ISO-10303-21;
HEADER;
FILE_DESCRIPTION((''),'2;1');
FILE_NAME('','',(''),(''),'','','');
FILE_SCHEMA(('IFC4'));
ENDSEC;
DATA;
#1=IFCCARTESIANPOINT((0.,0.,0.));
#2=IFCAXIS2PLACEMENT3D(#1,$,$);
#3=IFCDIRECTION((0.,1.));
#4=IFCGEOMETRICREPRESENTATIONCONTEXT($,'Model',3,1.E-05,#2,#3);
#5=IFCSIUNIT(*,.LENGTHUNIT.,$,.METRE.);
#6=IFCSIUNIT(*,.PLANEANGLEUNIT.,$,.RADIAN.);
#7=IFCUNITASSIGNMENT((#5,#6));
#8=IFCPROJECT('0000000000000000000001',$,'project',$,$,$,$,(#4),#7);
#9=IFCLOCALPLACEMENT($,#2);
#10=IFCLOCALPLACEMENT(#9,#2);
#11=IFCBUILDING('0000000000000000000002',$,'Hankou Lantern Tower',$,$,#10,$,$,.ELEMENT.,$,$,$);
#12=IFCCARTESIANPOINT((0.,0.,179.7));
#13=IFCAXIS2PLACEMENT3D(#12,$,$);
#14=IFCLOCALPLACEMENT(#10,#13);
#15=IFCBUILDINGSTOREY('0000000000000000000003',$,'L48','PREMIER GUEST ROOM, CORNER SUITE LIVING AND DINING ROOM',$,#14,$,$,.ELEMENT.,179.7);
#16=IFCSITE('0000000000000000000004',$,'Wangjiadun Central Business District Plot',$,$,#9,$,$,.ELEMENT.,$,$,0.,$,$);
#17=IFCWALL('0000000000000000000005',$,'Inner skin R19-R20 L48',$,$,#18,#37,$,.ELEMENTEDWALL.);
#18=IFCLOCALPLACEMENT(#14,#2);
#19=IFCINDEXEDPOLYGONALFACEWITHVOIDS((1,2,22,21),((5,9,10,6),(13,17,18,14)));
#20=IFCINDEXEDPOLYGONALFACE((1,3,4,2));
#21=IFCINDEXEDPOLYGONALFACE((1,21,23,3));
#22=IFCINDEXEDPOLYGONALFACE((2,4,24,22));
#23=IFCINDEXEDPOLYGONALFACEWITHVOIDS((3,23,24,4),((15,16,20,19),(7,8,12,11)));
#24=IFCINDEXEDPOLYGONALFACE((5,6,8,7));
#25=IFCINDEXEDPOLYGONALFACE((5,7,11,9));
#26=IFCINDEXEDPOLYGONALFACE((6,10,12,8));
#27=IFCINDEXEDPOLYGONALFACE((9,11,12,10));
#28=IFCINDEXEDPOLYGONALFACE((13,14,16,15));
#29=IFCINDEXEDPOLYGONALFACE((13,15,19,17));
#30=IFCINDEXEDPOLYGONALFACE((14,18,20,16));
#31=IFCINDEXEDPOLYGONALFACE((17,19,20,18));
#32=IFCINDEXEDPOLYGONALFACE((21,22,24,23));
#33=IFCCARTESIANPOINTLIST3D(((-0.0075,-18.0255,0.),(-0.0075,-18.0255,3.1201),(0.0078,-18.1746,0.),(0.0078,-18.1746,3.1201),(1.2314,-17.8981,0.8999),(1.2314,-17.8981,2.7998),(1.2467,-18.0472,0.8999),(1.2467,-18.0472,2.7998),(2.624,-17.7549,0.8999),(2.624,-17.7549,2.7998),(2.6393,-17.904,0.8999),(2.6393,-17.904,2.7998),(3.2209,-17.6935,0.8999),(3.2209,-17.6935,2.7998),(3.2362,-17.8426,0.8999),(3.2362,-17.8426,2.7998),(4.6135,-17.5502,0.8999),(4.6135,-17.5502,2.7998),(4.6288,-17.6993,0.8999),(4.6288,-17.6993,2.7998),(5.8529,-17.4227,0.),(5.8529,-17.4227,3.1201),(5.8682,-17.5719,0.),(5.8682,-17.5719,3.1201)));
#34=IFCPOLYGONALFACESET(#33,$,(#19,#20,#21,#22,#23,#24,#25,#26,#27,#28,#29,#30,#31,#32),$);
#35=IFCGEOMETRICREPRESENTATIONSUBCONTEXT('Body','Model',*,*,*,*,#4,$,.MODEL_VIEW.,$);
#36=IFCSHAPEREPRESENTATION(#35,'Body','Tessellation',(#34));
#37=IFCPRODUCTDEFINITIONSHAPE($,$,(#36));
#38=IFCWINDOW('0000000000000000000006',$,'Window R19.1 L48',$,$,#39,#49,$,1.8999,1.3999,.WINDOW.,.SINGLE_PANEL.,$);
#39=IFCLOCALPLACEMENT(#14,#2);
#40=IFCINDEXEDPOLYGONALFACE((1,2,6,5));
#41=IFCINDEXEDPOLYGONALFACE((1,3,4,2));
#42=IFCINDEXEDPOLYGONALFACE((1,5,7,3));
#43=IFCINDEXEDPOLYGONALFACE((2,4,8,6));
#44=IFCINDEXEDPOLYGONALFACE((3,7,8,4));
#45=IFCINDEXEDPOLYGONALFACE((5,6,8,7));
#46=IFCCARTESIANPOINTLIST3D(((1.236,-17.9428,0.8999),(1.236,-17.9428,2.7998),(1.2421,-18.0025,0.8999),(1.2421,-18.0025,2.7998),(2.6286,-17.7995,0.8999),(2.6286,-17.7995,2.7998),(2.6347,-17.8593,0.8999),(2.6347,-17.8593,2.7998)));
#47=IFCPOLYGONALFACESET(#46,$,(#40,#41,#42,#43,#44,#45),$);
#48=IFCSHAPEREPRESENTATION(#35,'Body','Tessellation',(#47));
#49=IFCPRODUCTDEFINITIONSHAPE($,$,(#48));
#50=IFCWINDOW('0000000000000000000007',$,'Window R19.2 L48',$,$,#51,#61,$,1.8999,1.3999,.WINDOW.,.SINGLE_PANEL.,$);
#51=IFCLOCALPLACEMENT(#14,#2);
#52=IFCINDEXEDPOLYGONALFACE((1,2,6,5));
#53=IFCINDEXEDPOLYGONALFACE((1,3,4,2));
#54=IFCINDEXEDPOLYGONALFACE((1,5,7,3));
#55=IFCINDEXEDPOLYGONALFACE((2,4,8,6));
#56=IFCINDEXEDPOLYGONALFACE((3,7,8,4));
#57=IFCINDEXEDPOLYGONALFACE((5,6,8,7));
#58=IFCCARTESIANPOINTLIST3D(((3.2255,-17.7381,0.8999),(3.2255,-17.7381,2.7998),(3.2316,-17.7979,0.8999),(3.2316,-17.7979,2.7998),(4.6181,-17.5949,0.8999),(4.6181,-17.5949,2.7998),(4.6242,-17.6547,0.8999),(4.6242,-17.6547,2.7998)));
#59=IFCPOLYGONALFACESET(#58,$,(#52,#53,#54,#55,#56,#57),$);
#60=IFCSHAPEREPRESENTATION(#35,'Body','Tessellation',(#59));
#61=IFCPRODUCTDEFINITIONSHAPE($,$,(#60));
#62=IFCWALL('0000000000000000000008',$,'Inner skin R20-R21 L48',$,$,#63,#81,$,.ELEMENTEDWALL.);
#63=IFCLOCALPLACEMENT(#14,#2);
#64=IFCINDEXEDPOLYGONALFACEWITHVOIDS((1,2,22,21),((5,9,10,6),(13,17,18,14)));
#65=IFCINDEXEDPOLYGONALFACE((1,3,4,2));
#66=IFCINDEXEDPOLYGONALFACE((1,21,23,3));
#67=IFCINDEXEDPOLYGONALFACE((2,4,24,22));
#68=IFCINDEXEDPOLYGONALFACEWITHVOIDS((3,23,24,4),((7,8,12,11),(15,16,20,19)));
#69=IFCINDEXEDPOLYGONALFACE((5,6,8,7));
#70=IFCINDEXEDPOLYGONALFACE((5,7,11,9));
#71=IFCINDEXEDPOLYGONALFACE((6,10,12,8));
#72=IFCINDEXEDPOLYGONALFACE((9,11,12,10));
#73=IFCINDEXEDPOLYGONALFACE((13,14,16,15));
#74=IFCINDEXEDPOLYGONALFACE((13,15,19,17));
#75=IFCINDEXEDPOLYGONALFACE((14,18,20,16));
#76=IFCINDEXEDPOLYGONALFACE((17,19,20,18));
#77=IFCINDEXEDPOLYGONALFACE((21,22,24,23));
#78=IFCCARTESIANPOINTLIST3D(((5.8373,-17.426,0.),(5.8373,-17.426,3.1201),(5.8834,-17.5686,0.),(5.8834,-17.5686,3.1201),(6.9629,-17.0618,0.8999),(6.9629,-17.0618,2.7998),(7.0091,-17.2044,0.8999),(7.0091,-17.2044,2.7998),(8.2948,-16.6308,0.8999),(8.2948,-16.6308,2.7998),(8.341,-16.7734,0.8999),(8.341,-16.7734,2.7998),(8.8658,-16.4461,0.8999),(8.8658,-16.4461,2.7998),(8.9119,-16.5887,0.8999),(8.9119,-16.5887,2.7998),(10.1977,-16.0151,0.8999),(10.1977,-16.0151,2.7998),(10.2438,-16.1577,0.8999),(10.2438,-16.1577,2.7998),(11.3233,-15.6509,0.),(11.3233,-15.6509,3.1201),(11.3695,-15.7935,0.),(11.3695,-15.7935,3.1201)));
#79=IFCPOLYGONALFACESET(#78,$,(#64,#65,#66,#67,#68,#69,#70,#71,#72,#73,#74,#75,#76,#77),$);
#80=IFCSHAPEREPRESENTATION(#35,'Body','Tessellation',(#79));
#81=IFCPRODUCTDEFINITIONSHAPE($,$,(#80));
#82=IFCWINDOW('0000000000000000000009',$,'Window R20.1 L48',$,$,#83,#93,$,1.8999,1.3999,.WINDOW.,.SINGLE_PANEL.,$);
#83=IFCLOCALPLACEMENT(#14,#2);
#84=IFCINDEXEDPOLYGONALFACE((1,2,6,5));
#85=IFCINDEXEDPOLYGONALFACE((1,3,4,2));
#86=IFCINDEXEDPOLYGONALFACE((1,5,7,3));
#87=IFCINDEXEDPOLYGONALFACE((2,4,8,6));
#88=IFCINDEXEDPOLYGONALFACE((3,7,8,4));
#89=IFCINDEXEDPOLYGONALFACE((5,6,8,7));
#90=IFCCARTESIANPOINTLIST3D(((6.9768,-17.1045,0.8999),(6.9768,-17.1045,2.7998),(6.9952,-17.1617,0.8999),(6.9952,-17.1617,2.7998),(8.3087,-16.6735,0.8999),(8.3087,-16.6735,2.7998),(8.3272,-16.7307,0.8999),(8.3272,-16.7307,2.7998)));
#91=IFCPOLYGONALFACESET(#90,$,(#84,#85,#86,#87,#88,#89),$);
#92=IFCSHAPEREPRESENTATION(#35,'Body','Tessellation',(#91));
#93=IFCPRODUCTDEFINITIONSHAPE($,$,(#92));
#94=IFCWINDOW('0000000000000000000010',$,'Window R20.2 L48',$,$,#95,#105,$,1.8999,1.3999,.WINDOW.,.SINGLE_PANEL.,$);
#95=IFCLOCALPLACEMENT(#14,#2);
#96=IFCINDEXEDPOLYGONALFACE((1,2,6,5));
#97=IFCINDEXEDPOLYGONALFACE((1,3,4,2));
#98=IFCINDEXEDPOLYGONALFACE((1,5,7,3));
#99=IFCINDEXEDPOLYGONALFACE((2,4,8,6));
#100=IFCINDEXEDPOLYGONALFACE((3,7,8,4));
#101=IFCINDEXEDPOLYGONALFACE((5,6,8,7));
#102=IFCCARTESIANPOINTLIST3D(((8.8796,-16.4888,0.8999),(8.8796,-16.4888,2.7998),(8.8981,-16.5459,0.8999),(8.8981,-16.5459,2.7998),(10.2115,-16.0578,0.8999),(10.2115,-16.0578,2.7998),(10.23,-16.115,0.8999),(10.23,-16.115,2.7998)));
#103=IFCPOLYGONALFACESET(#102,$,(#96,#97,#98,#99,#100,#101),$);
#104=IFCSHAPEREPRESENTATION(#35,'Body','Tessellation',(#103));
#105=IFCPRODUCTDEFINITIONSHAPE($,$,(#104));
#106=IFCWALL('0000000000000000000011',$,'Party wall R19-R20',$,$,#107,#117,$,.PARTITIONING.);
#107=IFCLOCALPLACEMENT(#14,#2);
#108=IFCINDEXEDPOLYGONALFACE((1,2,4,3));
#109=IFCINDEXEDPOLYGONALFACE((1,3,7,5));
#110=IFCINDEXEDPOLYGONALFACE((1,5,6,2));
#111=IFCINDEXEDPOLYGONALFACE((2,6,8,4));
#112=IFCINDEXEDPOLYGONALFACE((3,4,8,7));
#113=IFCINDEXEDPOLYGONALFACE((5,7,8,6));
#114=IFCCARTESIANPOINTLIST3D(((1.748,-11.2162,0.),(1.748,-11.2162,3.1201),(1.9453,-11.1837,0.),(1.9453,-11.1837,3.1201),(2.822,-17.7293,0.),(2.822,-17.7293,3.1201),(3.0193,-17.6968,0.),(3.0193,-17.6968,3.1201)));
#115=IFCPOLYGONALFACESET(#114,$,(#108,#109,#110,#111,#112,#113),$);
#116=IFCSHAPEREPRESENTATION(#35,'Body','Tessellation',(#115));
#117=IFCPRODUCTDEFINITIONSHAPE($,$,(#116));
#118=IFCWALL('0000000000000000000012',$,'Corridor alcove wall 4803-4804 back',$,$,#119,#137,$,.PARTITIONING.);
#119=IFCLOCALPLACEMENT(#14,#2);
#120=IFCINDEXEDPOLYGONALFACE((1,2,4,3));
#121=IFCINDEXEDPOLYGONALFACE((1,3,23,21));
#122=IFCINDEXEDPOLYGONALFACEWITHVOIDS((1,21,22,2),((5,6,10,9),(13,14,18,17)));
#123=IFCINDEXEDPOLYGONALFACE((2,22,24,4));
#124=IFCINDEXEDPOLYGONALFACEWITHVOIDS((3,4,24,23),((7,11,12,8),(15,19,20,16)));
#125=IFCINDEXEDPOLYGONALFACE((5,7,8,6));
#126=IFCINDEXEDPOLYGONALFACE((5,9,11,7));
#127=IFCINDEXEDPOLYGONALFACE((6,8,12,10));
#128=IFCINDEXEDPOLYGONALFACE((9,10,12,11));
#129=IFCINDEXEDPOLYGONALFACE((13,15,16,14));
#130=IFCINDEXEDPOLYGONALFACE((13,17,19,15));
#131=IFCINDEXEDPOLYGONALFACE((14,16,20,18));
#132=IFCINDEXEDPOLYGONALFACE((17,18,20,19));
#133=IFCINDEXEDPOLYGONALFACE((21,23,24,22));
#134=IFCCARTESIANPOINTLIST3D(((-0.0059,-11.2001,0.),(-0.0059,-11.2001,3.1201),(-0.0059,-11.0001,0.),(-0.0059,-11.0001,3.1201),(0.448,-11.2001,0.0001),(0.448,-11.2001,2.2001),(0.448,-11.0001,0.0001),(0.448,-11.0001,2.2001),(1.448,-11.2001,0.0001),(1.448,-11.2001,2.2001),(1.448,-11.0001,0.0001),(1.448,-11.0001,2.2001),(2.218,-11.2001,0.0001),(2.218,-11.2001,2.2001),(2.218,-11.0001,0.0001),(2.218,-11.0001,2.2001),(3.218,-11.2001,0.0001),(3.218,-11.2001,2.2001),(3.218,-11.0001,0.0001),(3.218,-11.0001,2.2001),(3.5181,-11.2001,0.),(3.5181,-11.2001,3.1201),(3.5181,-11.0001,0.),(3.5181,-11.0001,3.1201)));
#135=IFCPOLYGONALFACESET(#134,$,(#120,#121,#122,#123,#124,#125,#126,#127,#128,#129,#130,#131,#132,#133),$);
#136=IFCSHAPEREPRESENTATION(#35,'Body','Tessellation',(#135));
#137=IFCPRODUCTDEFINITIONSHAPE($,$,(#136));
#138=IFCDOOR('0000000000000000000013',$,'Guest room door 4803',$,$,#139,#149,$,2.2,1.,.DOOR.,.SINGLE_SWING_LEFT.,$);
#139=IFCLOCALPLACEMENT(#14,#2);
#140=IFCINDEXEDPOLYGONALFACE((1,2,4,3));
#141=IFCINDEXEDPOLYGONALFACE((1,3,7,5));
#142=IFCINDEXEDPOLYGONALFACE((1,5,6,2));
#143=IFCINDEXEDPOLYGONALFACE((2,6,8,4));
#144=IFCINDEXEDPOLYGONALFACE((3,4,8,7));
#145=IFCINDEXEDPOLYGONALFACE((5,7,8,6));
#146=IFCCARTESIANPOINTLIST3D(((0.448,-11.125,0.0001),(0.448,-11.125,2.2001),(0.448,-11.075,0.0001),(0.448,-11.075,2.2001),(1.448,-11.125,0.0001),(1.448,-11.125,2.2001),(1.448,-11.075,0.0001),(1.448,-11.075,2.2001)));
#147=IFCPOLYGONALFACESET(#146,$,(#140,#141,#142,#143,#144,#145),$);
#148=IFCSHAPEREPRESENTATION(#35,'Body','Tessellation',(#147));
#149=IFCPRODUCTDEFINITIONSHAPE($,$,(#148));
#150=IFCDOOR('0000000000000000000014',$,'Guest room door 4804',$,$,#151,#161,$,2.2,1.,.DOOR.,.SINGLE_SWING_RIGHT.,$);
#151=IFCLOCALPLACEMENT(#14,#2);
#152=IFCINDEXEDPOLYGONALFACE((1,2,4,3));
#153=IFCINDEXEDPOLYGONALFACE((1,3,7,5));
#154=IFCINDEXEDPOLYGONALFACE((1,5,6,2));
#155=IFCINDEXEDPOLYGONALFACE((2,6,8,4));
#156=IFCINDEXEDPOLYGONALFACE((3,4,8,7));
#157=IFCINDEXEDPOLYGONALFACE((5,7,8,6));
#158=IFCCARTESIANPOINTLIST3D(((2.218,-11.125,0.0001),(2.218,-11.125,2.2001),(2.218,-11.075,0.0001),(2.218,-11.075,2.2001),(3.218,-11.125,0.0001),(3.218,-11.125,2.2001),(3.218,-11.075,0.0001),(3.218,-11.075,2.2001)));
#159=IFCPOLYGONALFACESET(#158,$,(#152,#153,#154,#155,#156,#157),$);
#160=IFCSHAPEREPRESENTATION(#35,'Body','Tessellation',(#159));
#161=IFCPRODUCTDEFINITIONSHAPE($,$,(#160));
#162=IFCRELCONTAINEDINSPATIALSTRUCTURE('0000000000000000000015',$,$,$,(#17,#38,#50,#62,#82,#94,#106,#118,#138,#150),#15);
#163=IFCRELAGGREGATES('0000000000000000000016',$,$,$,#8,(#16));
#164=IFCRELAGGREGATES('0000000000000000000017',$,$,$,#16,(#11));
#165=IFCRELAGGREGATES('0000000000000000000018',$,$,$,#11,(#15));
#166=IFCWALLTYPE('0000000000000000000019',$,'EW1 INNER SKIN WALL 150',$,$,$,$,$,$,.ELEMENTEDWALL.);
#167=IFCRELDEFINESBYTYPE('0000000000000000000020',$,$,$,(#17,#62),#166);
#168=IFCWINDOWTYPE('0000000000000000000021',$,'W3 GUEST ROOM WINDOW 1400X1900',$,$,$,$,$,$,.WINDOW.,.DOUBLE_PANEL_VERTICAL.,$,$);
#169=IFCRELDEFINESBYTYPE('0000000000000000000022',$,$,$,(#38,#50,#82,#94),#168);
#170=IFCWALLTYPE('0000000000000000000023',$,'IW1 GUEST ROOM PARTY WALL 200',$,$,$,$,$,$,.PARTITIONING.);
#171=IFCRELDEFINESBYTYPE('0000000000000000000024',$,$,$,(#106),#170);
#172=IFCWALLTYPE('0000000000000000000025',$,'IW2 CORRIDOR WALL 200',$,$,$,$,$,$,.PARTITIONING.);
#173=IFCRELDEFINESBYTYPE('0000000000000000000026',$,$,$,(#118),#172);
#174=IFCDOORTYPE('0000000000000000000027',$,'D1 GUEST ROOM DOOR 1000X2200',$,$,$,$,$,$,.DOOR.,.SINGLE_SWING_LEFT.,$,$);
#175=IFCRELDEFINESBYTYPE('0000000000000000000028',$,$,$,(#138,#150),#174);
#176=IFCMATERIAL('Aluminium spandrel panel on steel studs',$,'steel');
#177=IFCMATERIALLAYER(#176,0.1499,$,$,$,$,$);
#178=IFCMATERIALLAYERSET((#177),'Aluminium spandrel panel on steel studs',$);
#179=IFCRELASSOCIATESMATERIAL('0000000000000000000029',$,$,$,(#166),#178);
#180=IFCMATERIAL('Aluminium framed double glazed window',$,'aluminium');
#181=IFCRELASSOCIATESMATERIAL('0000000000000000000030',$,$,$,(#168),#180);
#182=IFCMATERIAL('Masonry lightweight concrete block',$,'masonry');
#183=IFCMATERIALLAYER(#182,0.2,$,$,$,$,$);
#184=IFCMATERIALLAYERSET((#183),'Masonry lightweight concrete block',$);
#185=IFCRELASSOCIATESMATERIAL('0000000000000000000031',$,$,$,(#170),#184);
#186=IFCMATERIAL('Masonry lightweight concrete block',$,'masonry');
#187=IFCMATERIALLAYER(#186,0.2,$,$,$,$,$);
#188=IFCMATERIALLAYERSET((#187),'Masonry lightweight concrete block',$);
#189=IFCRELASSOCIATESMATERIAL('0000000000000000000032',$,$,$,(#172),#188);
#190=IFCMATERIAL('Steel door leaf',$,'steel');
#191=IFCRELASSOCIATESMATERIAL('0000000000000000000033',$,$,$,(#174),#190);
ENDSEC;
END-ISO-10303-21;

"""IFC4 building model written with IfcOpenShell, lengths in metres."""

from ifc_helpers import new_model, si_unit, direction, frame, frame_2d, origin, place, context, subcontext, project, spatial, rectangle, extrude, material, layer, layer_set, type_object, element, fill, save


model = new_model("IFC4")

# Units and contexts
model_context = context("Model", 3, precision=1e-05, world=origin(), true_north=direction((0.0, 1.0)))
body_context = subcontext(model_context, "Body", "Model", "MODEL_VIEW")
ifc_project = project(units=[si_unit("LENGTHUNIT", "METRE"), si_unit("PLANEANGLEUNIT", "RADIAN")], contexts=[model_context])

# Site, building, storey
site_placement = place(None, origin())
site = spatial("IfcSite", under=ifc_project, at=site_placement, Name="Wangjiadun Central Business District Plot", CompositionType="ELEMENT", RefElevation=0.0)
building_placement = place(site_placement, origin())
building = spatial("IfcBuilding", under=site, at=building_placement, Name="Hankou Lantern Tower", CompositionType="ELEMENT")
storey_placement = place(building_placement, frame((0.0, 0.0, 179.7)))
storey = spatial("IfcBuildingStorey", under=building, at=storey_placement, Name="L48", Description="PREMIER GUEST ROOM, CORNER SUITE LIVING AND DINING ROOM", CompositionType="ELEMENT", Elevation=179.7)

# Walls, openings, windows
ifc_material_1 = material(Name="Aluminium spandrel panel on steel studs", Category="steel")
ifc_layer_1 = layer(ifc_material_1, 0.1499)
ifc_layer_set_1 = layer_set([ifc_layer_1], Name="Aluminium spandrel panel on steel studs")
wall_type_1 = type_object("IfcWallType", Name="EW1 INNER SKIN WALL 150", PredefinedType="ELEMENTEDWALL", material=ifc_layer_set_1)
wall_1_placement = place(storey_placement, frame((0.0, -18.1001, 0.0), z_axis=(0.0, 0.0, 1.0), x_axis=(0.994752, 0.102318, 0.0)))
wall_1 = element("IfcWall", 1, at=wall_1_placement, inside=storey, type_object=wall_type_1, Name="Inner skin R19-R20 L48", PredefinedType="ELEMENTEDWALL", context=body_context, shape_type="SweptSolid", body=[
    extrude(rectangle(XDim=5.8914, YDim=0.1499, at=frame_2d((2.9458, 0.0))), origin(), (0.0, 0.0, 1.0), 3.1201),
])
opening_1_placement = place(wall_1_placement, frame((1.2456, 0.0, 0.8999)))
opening_1 = element("IfcOpeningElement", 2, at=opening_1_placement, cuts=wall_1, PredefinedType="OPENING", context=body_context, shape_type="SweptSolid", body=[
    extrude(rectangle(XDim=1.3999, YDim=1.8999, at=frame_2d((0.7, 0.95))), frame((0.0, 0.085, 0.0), z_axis=(0.0, -1.0, 0.0), x_axis=(1.0, 0.0, 0.0)), (0.0, 0.0, 1.0), 0.1699),
])
opening_2_placement = place(wall_1_placement, frame((3.2456, 0.0, 0.8999)))
opening_2 = element("IfcOpeningElement", 3, at=opening_2_placement, cuts=wall_1, PredefinedType="OPENING", context=body_context, shape_type="SweptSolid", body=[
    extrude(rectangle(XDim=1.3999, YDim=1.8999, at=frame_2d((0.7, 0.95))), frame((0.0, 0.085, 0.0), z_axis=(0.0, -1.0, 0.0), x_axis=(1.0, 0.0, 0.0)), (0.0, 0.0, 1.0), 0.1699),
])
ifc_material_2 = material(Name="Aluminium framed double glazed window", Category="aluminium")
window_type = type_object("IfcWindowType", Name="W3 GUEST ROOM WINDOW 1400X1900", PartitioningType="DOUBLE_PANEL_VERTICAL", PredefinedType="WINDOW", material=ifc_material_2)
window_1_placement = place(opening_1_placement, origin())
window_1 = element("IfcWindow", 4, at=window_1_placement, inside=storey, type_object=window_type, Name="Window R19.1 L48", OverallHeight=1.8999, OverallWidth=1.3999, PartitioningType="SINGLE_PANEL", PredefinedType="WINDOW", context=body_context, shape_type="SweptSolid", body=[
    extrude(rectangle(XDim=1.3999, YDim=1.8999, at=frame_2d((0.7, 0.95))), frame((0.0, 0.03, 0.0), z_axis=(0.0, -1.0, 0.0), x_axis=(1.0, 0.0, 0.0)), (0.0, 0.0, 1.0), 0.0601),
])
fill(opening_1, window_1)
window_2_placement = place(opening_2_placement, origin())
window_2 = element("IfcWindow", 5, at=window_2_placement, inside=storey, type_object=window_type, Name="Window R19.2 L48", OverallHeight=1.8999, OverallWidth=1.3999, PartitioningType="SINGLE_PANEL", PredefinedType="WINDOW", context=body_context, shape_type="SweptSolid", body=[
    extrude(rectangle(XDim=1.3999, YDim=1.8999, at=frame_2d((0.7, 0.95))), frame((0.0, 0.03, 0.0), z_axis=(0.0, -1.0, 0.0), x_axis=(1.0, 0.0, 0.0)), (0.0, 0.0, 1.0), 0.0601),
])
fill(opening_2, window_2)
wall_2_placement = place(storey_placement, frame((5.8604, -17.4973, 0.0), z_axis=(0.0, 0.0, 1.0), x_axis=(0.951432, 0.307857, 0.0)))
wall_2 = element("IfcWall", 6, at=wall_2_placement, inside=storey, type_object=wall_type_1, Name="Inner skin R20-R21 L48", PredefinedType="ELEMENTEDWALL", context=body_context, shape_type="SweptSolid", body=[
    extrude(rectangle(XDim=5.7661, YDim=0.1499, at=frame_2d((2.8831, 0.0))), origin(), (0.0, 0.0, 1.0), 3.1201),
])
opening_3_placement = place(wall_2_placement, frame((1.1831, 0.0, 0.8999)))
opening_3 = element("IfcOpeningElement", 7, at=opening_3_placement, cuts=wall_2, PredefinedType="OPENING", context=body_context, shape_type="SweptSolid", body=[
    extrude(rectangle(XDim=1.3999, YDim=1.8999, at=frame_2d((0.7, 0.95))), frame((0.0, 0.085, 0.0), z_axis=(0.0, -1.0, 0.0), x_axis=(1.0, 0.0, 0.0)), (0.0, 0.0, 1.0), 0.1699),
])
opening_4_placement = place(wall_2_placement, frame((3.1831, 0.0, 0.8999)))
opening_4 = element("IfcOpeningElement", 8, at=opening_4_placement, cuts=wall_2, PredefinedType="OPENING", context=body_context, shape_type="SweptSolid", body=[
    extrude(rectangle(XDim=1.3999, YDim=1.8999, at=frame_2d((0.7, 0.95))), frame((0.0, 0.085, 0.0), z_axis=(0.0, -1.0, 0.0), x_axis=(1.0, 0.0, 0.0)), (0.0, 0.0, 1.0), 0.1699),
])
window_3_placement = place(opening_3_placement, origin())
window_3 = element("IfcWindow", 9, at=window_3_placement, inside=storey, type_object=window_type, Name="Window R20.1 L48", OverallHeight=1.8999, OverallWidth=1.3999, PartitioningType="SINGLE_PANEL", PredefinedType="WINDOW", context=body_context, shape_type="SweptSolid", body=[
    extrude(rectangle(XDim=1.3999, YDim=1.8999, at=frame_2d((0.7, 0.95))), frame((0.0, 0.03, 0.0), z_axis=(0.0, -1.0, 0.0), x_axis=(1.0, 0.0, 0.0)), (0.0, 0.0, 1.0), 0.0601),
])
fill(opening_3, window_3)
window_4_placement = place(opening_4_placement, origin())
window_4 = element("IfcWindow", 10, at=window_4_placement, inside=storey, type_object=window_type, Name="Window R20.2 L48", OverallHeight=1.8999, OverallWidth=1.3999, PartitioningType="SINGLE_PANEL", PredefinedType="WINDOW", context=body_context, shape_type="SweptSolid", body=[
    extrude(rectangle(XDim=1.3999, YDim=1.8999, at=frame_2d((0.7, 0.95))), frame((0.0, 0.03, 0.0), z_axis=(0.0, -1.0, 0.0), x_axis=(1.0, 0.0, 0.0)), (0.0, 0.0, 1.0), 0.0601),
])
fill(opening_4, window_4)

# Wall
ifc_material_3 = material(Name="Masonry lightweight concrete block", Category="masonry")
ifc_layer_2 = layer(ifc_material_3, 0.2)
ifc_layer_set_2 = layer_set([ifc_layer_2], Name="Masonry lightweight concrete block")
wall_type_2 = type_object("IfcWallType", Name="IW1 GUEST ROOM PARTY WALL 200", PredefinedType="PARTITIONING", material=ifc_layer_set_2)
wall_3_placement = place(storey_placement, frame((1.8467, -11.2, 0.0), z_axis=(0.0, 0.0, 1.0), x_axis=(0.162695, -0.986676, 0.0)))
element("IfcWall", 11, at=wall_3_placement, inside=storey, type_object=wall_type_2, Name="Party wall R19-R20", PredefinedType="PARTITIONING", context=body_context, shape_type="SweptSolid", body=[
    extrude(rectangle(XDim=6.6011, YDim=0.2, at=frame_2d((3.3005, 0.0))), origin(), (0.0, 0.0, 1.0), 3.1201),
])

# Wall, openings, doors
ifc_material_4 = material(Name="Masonry lightweight concrete block", Category="masonry")
ifc_layer_3 = layer(ifc_material_4, 0.2)
ifc_layer_set_3 = layer_set([ifc_layer_3], Name="Masonry lightweight concrete block")
wall_type_3 = type_object("IfcWallType", Name="IW2 CORRIDOR WALL 200", PredefinedType="PARTITIONING", material=ifc_layer_set_3)
wall_4_placement = place(storey_placement, frame((3.5181, -11.1001, 0.0), z_axis=(0.0, 0.0, 1.0), x_axis=(-1.0, 0.0, 0.0)))
wall_4 = element("IfcWall", 12, at=wall_4_placement, inside=storey, type_object=wall_type_3, Name="Corridor alcove wall 4803-4804 back", PredefinedType="PARTITIONING", context=body_context, shape_type="SweptSolid", body=[
    extrude(rectangle(XDim=3.5239, YDim=0.2, at=frame_2d((1.762, 0.0))), origin(), (0.0, 0.0, 1.0), 3.1201),
])
opening_5_placement = place(wall_4_placement, frame((2.0701, 0.0, 0.0)))
opening_5 = element("IfcOpeningElement", 13, at=opening_5_placement, cuts=wall_4, PredefinedType="OPENING", context=body_context, shape_type="SweptSolid", body=[
    extrude(rectangle(XDim=1.0, YDim=2.2, at=frame_2d((0.5, 1.1001))), frame((0.0, 0.1099, 0.0), z_axis=(0.0, -1.0, 0.0), x_axis=(1.0, 0.0, 0.0)), (0.0, 0.0, 1.0), 0.22),
])
opening_6_placement = place(wall_4_placement, frame((0.3, 0.0, 0.0)))
opening_6 = element("IfcOpeningElement", 14, at=opening_6_placement, cuts=wall_4, PredefinedType="OPENING", context=body_context, shape_type="SweptSolid", body=[
    extrude(rectangle(XDim=1.0, YDim=2.2, at=frame_2d((0.5, 1.1001))), frame((0.0, 0.1099, 0.0), z_axis=(0.0, -1.0, 0.0), x_axis=(1.0, 0.0, 0.0)), (0.0, 0.0, 1.0), 0.22),
])
ifc_material_5 = material(Name="Steel door leaf", Category="steel")
door_type_1 = type_object("IfcDoorType", Name="D1 GUEST ROOM DOOR 1000X2200", OperationType="SINGLE_SWING_LEFT", PredefinedType="DOOR", material=ifc_material_5)
door_1_placement = place(opening_5_placement, origin())
door_1 = element("IfcDoor", 15, at=door_1_placement, inside=storey, type_object=door_type_1, Name="Guest room door 4803", OperationType="SINGLE_SWING_LEFT", OverallHeight=2.2, OverallWidth=1.0, PredefinedType="DOOR", context=body_context, shape_type="SweptSolid", body=[
    extrude(rectangle(XDim=1.0, YDim=2.2, at=frame_2d((0.5, 1.1001))), frame((0.0, 0.0249, 0.0), z_axis=(0.0, -1.0, 0.0), x_axis=(1.0, 0.0, 0.0)), (0.0, 0.0, 1.0), 0.05),
])
fill(opening_5, door_1)
door_2_placement = place(opening_6_placement, origin())
door_2 = element("IfcDoor", 16, at=door_2_placement, inside=storey, type_object=door_type_1, Name="Guest room door 4804", OperationType="SINGLE_SWING_RIGHT", OverallHeight=2.2, OverallWidth=1.0, PredefinedType="DOOR", context=body_context, shape_type="SweptSolid", body=[
    extrude(rectangle(XDim=1.0, YDim=2.2, at=frame_2d((0.5, 1.1001))), frame((0.0, 0.0249, 0.0), z_axis=(0.0, -1.0, 0.0), x_axis=(1.0, 0.0, 0.0)), (0.0, 0.0, 1.0), 0.05),
])
fill(opening_6, door_2)

save(model, "model.ifc")
